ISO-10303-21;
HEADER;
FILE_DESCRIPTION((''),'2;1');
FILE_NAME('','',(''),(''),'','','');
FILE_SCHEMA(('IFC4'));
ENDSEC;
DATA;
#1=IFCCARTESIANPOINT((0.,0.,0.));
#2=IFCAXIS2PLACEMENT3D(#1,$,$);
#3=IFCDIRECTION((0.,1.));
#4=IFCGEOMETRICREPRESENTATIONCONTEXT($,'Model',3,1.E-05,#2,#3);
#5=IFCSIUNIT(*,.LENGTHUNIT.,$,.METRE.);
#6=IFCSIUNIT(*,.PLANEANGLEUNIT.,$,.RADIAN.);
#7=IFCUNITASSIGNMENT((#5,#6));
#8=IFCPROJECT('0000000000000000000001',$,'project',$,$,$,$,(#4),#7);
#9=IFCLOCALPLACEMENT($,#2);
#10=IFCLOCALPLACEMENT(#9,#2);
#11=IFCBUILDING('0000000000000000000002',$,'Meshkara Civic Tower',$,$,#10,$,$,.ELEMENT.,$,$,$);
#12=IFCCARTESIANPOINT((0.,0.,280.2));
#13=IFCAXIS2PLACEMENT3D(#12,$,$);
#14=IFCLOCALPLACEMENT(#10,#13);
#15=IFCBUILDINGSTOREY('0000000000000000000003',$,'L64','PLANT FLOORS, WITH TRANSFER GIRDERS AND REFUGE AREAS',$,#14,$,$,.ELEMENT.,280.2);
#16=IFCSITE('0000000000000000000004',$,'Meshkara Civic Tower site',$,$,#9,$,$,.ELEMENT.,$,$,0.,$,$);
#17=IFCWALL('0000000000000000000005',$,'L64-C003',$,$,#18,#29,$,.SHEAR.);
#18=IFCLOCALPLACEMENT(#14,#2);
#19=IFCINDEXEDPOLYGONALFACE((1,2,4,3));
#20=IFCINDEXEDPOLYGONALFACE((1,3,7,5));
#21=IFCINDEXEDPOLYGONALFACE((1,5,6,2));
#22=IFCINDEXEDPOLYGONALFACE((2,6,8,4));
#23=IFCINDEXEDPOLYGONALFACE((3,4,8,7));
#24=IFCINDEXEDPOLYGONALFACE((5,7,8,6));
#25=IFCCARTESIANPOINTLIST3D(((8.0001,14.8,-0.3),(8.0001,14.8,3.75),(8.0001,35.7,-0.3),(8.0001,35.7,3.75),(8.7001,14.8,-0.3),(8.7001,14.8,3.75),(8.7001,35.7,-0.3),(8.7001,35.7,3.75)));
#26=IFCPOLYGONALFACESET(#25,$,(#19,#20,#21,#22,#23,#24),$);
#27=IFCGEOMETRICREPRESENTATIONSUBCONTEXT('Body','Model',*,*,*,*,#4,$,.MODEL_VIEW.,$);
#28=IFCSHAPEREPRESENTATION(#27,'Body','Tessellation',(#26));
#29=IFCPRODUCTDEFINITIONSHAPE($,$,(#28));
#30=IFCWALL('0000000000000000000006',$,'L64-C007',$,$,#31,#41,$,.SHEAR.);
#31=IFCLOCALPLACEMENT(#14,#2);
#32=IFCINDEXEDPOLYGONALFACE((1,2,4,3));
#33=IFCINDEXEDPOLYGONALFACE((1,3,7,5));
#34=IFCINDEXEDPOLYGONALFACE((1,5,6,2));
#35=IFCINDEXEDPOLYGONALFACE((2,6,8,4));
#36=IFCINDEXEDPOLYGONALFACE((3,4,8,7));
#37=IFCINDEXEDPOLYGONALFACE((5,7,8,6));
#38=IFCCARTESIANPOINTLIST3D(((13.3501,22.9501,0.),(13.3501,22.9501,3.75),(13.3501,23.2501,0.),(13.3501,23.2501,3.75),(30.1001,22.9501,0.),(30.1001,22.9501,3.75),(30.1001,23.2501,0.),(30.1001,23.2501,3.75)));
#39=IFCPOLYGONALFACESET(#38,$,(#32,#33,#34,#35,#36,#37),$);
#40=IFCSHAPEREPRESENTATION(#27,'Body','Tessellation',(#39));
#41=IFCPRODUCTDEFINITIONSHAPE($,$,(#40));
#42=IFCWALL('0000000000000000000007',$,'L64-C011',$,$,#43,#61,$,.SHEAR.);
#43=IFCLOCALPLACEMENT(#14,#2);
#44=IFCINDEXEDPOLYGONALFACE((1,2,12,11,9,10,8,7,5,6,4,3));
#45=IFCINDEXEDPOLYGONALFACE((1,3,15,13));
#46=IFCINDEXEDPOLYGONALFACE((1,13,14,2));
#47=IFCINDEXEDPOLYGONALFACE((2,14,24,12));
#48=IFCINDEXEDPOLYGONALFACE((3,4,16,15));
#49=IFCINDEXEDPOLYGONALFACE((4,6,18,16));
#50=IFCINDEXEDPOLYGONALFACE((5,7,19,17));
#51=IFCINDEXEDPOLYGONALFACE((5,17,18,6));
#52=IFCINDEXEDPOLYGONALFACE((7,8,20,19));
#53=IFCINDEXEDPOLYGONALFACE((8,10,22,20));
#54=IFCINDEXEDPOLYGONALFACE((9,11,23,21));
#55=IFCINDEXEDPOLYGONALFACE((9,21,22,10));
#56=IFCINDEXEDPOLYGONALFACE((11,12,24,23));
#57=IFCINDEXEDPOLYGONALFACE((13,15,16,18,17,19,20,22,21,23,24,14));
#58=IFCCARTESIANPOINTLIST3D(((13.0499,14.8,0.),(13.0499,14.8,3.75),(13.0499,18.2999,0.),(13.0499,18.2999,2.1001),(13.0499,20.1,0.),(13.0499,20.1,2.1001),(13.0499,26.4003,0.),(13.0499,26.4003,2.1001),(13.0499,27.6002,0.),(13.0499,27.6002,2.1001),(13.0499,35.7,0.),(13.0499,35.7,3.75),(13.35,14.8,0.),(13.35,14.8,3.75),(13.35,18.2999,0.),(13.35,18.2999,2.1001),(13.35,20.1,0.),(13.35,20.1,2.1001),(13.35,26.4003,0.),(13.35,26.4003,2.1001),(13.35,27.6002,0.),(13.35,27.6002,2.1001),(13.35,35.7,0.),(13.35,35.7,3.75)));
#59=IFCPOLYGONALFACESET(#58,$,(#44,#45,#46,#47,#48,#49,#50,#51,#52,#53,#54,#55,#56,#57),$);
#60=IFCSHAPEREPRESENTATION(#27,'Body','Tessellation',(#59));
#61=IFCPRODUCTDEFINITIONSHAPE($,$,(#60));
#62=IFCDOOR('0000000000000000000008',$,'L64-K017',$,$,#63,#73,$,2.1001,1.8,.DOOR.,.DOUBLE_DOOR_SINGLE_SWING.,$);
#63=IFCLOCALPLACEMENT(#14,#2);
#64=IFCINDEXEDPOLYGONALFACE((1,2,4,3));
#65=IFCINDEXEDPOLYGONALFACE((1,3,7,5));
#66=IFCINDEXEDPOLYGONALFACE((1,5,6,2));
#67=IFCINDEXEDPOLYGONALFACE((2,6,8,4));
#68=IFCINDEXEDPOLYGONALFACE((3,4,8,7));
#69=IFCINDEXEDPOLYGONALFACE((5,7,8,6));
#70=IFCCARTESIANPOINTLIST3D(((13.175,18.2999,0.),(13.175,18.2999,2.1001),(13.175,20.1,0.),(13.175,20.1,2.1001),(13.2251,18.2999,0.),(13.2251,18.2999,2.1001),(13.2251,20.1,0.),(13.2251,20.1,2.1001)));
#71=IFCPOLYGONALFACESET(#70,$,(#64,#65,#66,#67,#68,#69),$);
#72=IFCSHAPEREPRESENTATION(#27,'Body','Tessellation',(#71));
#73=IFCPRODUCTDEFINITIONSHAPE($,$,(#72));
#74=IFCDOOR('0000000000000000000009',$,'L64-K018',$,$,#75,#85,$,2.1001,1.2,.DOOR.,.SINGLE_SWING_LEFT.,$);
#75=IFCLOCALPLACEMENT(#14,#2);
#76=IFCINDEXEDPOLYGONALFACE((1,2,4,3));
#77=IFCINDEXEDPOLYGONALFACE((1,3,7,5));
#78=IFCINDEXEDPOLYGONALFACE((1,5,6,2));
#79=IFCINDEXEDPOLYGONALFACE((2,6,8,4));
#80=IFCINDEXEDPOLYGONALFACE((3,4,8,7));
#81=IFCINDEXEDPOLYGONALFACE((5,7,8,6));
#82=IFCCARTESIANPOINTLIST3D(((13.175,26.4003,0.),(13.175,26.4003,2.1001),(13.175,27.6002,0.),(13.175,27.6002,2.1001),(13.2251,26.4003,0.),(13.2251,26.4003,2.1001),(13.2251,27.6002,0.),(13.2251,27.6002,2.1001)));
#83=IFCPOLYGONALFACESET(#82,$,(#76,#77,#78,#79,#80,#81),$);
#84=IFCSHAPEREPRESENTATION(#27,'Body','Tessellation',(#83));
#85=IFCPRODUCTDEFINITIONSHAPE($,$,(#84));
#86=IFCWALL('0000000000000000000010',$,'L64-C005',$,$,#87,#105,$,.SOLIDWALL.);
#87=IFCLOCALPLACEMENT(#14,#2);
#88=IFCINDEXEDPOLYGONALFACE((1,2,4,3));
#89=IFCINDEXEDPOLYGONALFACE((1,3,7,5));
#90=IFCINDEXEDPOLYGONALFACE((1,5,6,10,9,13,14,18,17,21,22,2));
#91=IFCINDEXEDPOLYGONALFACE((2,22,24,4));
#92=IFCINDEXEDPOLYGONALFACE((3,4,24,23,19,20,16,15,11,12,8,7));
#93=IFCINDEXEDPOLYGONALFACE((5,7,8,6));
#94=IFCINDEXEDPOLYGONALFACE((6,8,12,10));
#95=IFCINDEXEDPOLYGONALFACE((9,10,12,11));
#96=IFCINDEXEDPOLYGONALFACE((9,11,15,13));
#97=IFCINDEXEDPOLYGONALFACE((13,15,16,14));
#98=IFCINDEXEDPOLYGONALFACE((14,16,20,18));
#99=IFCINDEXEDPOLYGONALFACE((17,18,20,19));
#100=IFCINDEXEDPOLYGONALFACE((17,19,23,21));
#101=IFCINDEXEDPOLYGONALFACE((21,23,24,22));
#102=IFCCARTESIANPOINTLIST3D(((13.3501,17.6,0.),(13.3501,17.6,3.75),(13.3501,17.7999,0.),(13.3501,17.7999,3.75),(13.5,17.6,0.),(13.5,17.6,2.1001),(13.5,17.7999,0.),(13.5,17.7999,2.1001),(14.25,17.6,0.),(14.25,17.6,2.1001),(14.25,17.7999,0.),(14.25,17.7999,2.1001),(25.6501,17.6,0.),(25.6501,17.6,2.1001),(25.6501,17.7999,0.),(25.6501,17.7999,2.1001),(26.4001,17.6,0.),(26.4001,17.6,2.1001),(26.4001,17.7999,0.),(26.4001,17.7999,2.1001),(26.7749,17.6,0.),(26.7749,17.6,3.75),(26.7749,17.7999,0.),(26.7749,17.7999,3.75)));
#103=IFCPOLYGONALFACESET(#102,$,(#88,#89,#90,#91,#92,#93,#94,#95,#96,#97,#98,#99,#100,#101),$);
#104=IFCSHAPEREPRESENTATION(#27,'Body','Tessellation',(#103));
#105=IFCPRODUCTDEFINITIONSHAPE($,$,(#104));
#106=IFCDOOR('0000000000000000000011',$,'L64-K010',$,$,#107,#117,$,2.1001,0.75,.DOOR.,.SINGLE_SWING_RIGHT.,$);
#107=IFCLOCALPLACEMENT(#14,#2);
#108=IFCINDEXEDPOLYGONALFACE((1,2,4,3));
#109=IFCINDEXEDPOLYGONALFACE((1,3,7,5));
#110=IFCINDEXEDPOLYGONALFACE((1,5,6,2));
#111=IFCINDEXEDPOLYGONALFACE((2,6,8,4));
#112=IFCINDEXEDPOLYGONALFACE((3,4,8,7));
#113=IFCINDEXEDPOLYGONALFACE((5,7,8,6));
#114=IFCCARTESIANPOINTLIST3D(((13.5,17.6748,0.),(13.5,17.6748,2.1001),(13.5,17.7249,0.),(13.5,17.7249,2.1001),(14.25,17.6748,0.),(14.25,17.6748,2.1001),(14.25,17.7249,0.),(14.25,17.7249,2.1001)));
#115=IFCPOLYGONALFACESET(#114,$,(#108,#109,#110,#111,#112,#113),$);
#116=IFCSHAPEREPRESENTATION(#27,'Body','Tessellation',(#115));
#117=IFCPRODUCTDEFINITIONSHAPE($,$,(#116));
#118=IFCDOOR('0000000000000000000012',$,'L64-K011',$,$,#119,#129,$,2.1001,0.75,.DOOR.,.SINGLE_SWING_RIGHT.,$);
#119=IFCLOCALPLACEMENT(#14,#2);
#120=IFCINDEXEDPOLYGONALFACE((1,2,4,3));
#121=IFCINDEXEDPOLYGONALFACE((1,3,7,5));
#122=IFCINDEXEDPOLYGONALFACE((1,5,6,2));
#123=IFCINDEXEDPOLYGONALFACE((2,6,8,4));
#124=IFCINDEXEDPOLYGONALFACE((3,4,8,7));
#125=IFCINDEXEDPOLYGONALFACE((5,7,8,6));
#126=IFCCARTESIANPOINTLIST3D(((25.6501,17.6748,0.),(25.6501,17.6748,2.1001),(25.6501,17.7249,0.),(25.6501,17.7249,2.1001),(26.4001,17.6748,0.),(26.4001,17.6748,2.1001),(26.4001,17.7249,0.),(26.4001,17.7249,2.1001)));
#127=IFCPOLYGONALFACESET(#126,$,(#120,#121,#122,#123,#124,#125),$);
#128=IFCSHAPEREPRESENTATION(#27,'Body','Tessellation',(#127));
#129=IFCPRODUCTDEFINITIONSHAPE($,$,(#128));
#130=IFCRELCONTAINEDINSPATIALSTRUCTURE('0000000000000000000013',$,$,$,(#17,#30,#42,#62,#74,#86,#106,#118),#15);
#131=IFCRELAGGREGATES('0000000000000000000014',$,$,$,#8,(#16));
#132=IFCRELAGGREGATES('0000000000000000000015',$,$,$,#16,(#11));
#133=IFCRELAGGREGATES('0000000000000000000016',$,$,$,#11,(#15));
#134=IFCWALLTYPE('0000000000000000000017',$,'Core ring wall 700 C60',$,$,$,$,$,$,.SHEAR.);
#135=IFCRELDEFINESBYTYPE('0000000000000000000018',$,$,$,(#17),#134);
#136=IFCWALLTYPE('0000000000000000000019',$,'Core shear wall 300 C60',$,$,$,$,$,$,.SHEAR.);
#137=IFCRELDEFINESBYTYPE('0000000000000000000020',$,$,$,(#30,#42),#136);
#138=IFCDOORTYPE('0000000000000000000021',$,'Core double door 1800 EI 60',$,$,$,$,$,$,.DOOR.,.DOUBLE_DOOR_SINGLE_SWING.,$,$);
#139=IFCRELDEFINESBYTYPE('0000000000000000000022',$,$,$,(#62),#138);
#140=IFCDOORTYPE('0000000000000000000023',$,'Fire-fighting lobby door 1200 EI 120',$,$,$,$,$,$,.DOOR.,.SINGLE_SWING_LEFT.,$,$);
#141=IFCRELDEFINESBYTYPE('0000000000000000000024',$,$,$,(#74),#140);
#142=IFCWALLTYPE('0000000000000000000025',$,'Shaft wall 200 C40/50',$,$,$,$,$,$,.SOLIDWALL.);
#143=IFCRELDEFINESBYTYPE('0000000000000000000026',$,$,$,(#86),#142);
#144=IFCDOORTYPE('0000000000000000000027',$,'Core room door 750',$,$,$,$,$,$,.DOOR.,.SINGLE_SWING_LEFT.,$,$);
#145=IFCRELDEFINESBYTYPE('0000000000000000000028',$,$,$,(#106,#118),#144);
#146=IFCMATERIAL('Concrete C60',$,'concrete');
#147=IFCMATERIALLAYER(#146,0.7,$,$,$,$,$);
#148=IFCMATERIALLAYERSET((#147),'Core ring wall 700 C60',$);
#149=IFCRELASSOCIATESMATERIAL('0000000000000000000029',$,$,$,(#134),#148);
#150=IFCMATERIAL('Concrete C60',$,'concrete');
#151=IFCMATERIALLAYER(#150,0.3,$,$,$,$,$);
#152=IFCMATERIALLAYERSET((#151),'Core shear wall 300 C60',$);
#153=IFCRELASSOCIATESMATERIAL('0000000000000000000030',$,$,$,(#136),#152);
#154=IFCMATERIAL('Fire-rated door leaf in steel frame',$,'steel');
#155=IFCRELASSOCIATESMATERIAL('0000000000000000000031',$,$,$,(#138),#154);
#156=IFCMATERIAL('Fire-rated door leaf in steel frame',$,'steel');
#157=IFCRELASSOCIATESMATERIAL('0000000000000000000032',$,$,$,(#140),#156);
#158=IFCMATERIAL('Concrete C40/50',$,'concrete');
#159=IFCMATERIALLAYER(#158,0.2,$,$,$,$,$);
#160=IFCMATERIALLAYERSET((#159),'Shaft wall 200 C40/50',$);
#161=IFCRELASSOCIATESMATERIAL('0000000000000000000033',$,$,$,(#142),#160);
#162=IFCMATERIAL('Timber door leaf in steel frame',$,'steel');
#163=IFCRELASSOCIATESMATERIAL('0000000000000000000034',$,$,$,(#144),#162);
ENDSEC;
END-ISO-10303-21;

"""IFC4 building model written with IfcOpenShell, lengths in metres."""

from ifc_helpers import new_model, si_unit, direction, frame, frame_2d, origin, place, context, subcontext, project, spatial, rectangle, extrude, material, layer, layer_set, type_object, element, fill, save


model = new_model("IFC4")

# Units and contexts
model_context = context("Model", 3, precision=1e-05, world=origin(), true_north=direction((0.0, 1.0)))
body_context = subcontext(model_context, "Body", "Model", "MODEL_VIEW")
ifc_project = project(units=[si_unit("LENGTHUNIT", "METRE"), si_unit("PLANEANGLEUNIT", "RADIAN")], contexts=[model_context])

# Site, building, storey
site_placement = place(None, origin())
site = spatial("IfcSite", under=ifc_project, at=site_placement, Name="Meshkara Civic Tower site", CompositionType="ELEMENT", RefElevation=0.0)
building_placement = place(site_placement, origin())
building = spatial("IfcBuilding", under=site, at=building_placement, Name="Meshkara Civic Tower", CompositionType="ELEMENT")
storey_placement = place(building_placement, frame((0.0, 0.0, 280.2)))
storey = spatial("IfcBuildingStorey", under=building, at=storey_placement, Name="L64", Description="PLANT FLOORS, WITH TRANSFER GIRDERS AND REFUGE AREAS", CompositionType="ELEMENT", Elevation=280.2)

# Walls
ifc_material_1 = material(Name="Concrete C60", Category="concrete")
ifc_layer_1 = layer(ifc_material_1, 0.7)
ifc_layer_set_1 = layer_set([ifc_layer_1], Name="Core ring wall 700 C60")
wall_type_1 = type_object("IfcWallType", Name="Core ring wall 700 C60", PredefinedType="SHEAR", material=ifc_layer_set_1)
wall_1_placement = place(storey_placement, frame((8.3501, 14.8, -0.3), z_axis=(0.0, 0.0, 1.0), x_axis=(0.0, 1.0, 0.0)))
element("IfcWall", 1, at=wall_1_placement, inside=storey, type_object=wall_type_1, Name="L64-C003", PredefinedType="SHEAR", context=body_context, shape_type="SweptSolid", body=[
    extrude(rectangle(XDim=20.8999, YDim=0.7, at=frame_2d((10.45, 0.0))), origin(), (0.0, 0.0, 1.0), 4.05),
])
ifc_material_2 = material(Name="Concrete C60", Category="concrete")
ifc_layer_2 = layer(ifc_material_2, 0.3)
ifc_layer_set_2 = layer_set([ifc_layer_2], Name="Core shear wall 300 C60")
wall_type_2 = type_object("IfcWallType", Name="Core shear wall 300 C60", PredefinedType="SHEAR", material=ifc_layer_set_2)
wall_2_placement = place(storey_placement, frame((13.3501, 23.1001, 0.0), z_axis=(0.0, 0.0, 1.0), x_axis=(1.0, 0.0, 0.0)))
element("IfcWall", 2, at=wall_2_placement, inside=storey, type_object=wall_type_2, Name="L64-C007", PredefinedType="SHEAR", context=body_context, shape_type="SweptSolid", body=[
    extrude(rectangle(XDim=16.75, YDim=0.3, at=frame_2d((8.375, 0.0))), origin(), (0.0, 0.0, 1.0), 3.75),
])

# Walls, openings, doors
wall_3_placement = place(storey_placement, frame((13.2, 14.8, 0.0), z_axis=(0.0, 0.0, 1.0), x_axis=(0.0, 1.0, 0.0)))
wall_3 = element("IfcWall", 3, at=wall_3_placement, inside=storey, type_object=wall_type_2, Name="L64-C011", PredefinedType="SHEAR", context=body_context, shape_type="SweptSolid", body=[
    extrude(rectangle(XDim=20.8999, YDim=0.3, at=frame_2d((10.45, 0.0))), origin(), (0.0, 0.0, 1.0), 3.75),
])
opening_1_placement = place(wall_3_placement, frame((3.5, 0.0, 0.0)))
opening_1 = element("IfcOpeningElement", 4, at=opening_1_placement, cuts=wall_3, PredefinedType="OPENING", context=body_context, shape_type="SweptSolid", body=[
    extrude(rectangle(XDim=1.8, YDim=2.1001, at=frame_2d((0.8999, 1.05))), frame((0.0, 0.1599, 0.0), z_axis=(0.0, -1.0, 0.0), x_axis=(1.0, 0.0, 0.0)), (0.0, 0.0, 1.0), 0.3201),
])
opening_2_placement = place(wall_3_placement, frame((11.6001, 0.0, 0.0)))
opening_2 = element("IfcOpeningElement", 5, at=opening_2_placement, cuts=wall_3, PredefinedType="OPENING", context=body_context, shape_type="SweptSolid", body=[
    extrude(rectangle(XDim=1.2, YDim=2.1001, at=frame_2d((0.6001, 1.05))), frame((0.0, 0.1599, 0.0), z_axis=(0.0, -1.0, 0.0), x_axis=(1.0, 0.0, 0.0)), (0.0, 0.0, 1.0), 0.3201),
])
ifc_material_3 = material(Name="Fire-rated door leaf in steel frame", Category="steel")
door_type_1 = type_object("IfcDoorType", Name="Core double door 1800 EI 60", OperationType="DOUBLE_DOOR_SINGLE_SWING", PredefinedType="DOOR", material=ifc_material_3)
door_1_placement = place(opening_1_placement, origin())
door_1 = element("IfcDoor", 6, at=door_1_placement, inside=storey, type_object=door_type_1, Name="L64-K017", OperationType="DOUBLE_DOOR_SINGLE_SWING", OverallHeight=2.1001, OverallWidth=1.8, PredefinedType="DOOR", context=body_context, shape_type="SweptSolid", body=[
    extrude(rectangle(XDim=1.8, YDim=2.1001, at=frame_2d((0.8999, 1.05))), frame((0.0, 0.0249, 0.0), z_axis=(0.0, -1.0, 0.0), x_axis=(1.0, 0.0, 0.0)), (0.0, 0.0, 1.0), 0.05),
])
fill(opening_1, door_1)
ifc_material_4 = material(Name="Fire-rated door leaf in steel frame", Category="steel")
door_type_2 = type_object("IfcDoorType", Name="Fire-fighting lobby door 1200 EI 120", OperationType="SINGLE_SWING_LEFT", PredefinedType="DOOR", material=ifc_material_4)
door_2_placement = place(opening_2_placement, origin())
door_2 = element("IfcDoor", 7, at=door_2_placement, inside=storey, type_object=door_type_2, Name="L64-K018", OperationType="SINGLE_SWING_LEFT", OverallHeight=2.1001, OverallWidth=1.2, PredefinedType="DOOR", context=body_context, shape_type="SweptSolid", body=[
    extrude(rectangle(XDim=1.2, YDim=2.1001, at=frame_2d((0.6001, 1.05))), frame((0.0, 0.0249, 0.0), z_axis=(0.0, -1.0, 0.0), x_axis=(1.0, 0.0, 0.0)), (0.0, 0.0, 1.0), 0.05),
])
fill(opening_2, door_2)
ifc_material_5 = material(Name="Concrete C40/50", Category="concrete")
ifc_layer_3 = layer(ifc_material_5, 0.2)
ifc_layer_set_3 = layer_set([ifc_layer_3], Name="Shaft wall 200 C40/50")
wall_type_3 = type_object("IfcWallType", Name="Shaft wall 200 C40/50", PredefinedType="SOLIDWALL", material=ifc_layer_set_3)
wall_4_placement = place(storey_placement, frame((13.3501, 17.7, 0.0), z_axis=(0.0, 0.0, 1.0), x_axis=(1.0, 0.0, 0.0)))
wall_4 = element("IfcWall", 8, at=wall_4_placement, inside=storey, type_object=wall_type_3, Name="L64-C005", PredefinedType="SOLIDWALL", context=body_context, shape_type="SweptSolid", body=[
    extrude(rectangle(XDim=13.4248, YDim=0.2, at=frame_2d((6.7124, 0.0))), origin(), (0.0, 0.0, 1.0), 3.75),
])
opening_3_placement = place(wall_4_placement, frame((0.1499, 0.0, 0.0)))
opening_3 = element("IfcOpeningElement", 9, at=opening_3_placement, cuts=wall_4, PredefinedType="OPENING", context=body_context, shape_type="SweptSolid", body=[
    extrude(rectangle(XDim=0.75, YDim=2.1001, at=frame_2d((0.375, 1.05))), frame((0.0, 0.1099, 0.0), z_axis=(0.0, -1.0, 0.0), x_axis=(1.0, 0.0, 0.0)), (0.0, 0.0, 1.0), 0.22),
])
opening_4_placement = place(wall_4_placement, frame((12.3, 0.0, 0.0)))
opening_4 = element("IfcOpeningElement", 10, at=opening_4_placement, cuts=wall_4, PredefinedType="OPENING", context=body_context, shape_type="SweptSolid", body=[
    extrude(rectangle(XDim=0.75, YDim=2.1001, at=frame_2d((0.375, 1.05))), frame((0.0, 0.1099, 0.0), z_axis=(0.0, -1.0, 0.0), x_axis=(1.0, 0.0, 0.0)), (0.0, 0.0, 1.0), 0.22),
])
ifc_material_6 = material(Name="Timber door leaf in steel frame", Category="steel")
door_type_3 = type_object("IfcDoorType", Name="Core room door 750", OperationType="SINGLE_SWING_LEFT", PredefinedType="DOOR", material=ifc_material_6)
door_3_placement = place(opening_3_placement, origin())
door_3 = element("IfcDoor", 11, at=door_3_placement, inside=storey, type_object=door_type_3, Name="L64-K010", OperationType="SINGLE_SWING_RIGHT", OverallHeight=2.1001, OverallWidth=0.75, PredefinedType="DOOR", context=body_context, shape_type="SweptSolid", body=[
    extrude(rectangle(XDim=0.75, YDim=2.1001, at=frame_2d((0.375, 1.05))), frame((0.0, 0.0249, 0.0), z_axis=(0.0, -1.0, 0.0), x_axis=(1.0, 0.0, 0.0)), (0.0, 0.0, 1.0), 0.05),
])
fill(opening_3, door_3)
door_4_placement = place(opening_4_placement, origin())
door_4 = element("IfcDoor", 12, at=door_4_placement, inside=storey, type_object=door_type_3, Name="L64-K011", OperationType="SINGLE_SWING_RIGHT", OverallHeight=2.1001, OverallWidth=0.75, PredefinedType="DOOR", context=body_context, shape_type="SweptSolid", body=[
    extrude(rectangle(XDim=0.75, YDim=2.1001, at=frame_2d((0.375, 1.05))), frame((0.0, 0.0249, 0.0), z_axis=(0.0, -1.0, 0.0), x_axis=(1.0, 0.0, 0.0)), (0.0, 0.0, 1.0), 0.05),
])
fill(opening_4, door_4)

save(model, "model.ifc")
